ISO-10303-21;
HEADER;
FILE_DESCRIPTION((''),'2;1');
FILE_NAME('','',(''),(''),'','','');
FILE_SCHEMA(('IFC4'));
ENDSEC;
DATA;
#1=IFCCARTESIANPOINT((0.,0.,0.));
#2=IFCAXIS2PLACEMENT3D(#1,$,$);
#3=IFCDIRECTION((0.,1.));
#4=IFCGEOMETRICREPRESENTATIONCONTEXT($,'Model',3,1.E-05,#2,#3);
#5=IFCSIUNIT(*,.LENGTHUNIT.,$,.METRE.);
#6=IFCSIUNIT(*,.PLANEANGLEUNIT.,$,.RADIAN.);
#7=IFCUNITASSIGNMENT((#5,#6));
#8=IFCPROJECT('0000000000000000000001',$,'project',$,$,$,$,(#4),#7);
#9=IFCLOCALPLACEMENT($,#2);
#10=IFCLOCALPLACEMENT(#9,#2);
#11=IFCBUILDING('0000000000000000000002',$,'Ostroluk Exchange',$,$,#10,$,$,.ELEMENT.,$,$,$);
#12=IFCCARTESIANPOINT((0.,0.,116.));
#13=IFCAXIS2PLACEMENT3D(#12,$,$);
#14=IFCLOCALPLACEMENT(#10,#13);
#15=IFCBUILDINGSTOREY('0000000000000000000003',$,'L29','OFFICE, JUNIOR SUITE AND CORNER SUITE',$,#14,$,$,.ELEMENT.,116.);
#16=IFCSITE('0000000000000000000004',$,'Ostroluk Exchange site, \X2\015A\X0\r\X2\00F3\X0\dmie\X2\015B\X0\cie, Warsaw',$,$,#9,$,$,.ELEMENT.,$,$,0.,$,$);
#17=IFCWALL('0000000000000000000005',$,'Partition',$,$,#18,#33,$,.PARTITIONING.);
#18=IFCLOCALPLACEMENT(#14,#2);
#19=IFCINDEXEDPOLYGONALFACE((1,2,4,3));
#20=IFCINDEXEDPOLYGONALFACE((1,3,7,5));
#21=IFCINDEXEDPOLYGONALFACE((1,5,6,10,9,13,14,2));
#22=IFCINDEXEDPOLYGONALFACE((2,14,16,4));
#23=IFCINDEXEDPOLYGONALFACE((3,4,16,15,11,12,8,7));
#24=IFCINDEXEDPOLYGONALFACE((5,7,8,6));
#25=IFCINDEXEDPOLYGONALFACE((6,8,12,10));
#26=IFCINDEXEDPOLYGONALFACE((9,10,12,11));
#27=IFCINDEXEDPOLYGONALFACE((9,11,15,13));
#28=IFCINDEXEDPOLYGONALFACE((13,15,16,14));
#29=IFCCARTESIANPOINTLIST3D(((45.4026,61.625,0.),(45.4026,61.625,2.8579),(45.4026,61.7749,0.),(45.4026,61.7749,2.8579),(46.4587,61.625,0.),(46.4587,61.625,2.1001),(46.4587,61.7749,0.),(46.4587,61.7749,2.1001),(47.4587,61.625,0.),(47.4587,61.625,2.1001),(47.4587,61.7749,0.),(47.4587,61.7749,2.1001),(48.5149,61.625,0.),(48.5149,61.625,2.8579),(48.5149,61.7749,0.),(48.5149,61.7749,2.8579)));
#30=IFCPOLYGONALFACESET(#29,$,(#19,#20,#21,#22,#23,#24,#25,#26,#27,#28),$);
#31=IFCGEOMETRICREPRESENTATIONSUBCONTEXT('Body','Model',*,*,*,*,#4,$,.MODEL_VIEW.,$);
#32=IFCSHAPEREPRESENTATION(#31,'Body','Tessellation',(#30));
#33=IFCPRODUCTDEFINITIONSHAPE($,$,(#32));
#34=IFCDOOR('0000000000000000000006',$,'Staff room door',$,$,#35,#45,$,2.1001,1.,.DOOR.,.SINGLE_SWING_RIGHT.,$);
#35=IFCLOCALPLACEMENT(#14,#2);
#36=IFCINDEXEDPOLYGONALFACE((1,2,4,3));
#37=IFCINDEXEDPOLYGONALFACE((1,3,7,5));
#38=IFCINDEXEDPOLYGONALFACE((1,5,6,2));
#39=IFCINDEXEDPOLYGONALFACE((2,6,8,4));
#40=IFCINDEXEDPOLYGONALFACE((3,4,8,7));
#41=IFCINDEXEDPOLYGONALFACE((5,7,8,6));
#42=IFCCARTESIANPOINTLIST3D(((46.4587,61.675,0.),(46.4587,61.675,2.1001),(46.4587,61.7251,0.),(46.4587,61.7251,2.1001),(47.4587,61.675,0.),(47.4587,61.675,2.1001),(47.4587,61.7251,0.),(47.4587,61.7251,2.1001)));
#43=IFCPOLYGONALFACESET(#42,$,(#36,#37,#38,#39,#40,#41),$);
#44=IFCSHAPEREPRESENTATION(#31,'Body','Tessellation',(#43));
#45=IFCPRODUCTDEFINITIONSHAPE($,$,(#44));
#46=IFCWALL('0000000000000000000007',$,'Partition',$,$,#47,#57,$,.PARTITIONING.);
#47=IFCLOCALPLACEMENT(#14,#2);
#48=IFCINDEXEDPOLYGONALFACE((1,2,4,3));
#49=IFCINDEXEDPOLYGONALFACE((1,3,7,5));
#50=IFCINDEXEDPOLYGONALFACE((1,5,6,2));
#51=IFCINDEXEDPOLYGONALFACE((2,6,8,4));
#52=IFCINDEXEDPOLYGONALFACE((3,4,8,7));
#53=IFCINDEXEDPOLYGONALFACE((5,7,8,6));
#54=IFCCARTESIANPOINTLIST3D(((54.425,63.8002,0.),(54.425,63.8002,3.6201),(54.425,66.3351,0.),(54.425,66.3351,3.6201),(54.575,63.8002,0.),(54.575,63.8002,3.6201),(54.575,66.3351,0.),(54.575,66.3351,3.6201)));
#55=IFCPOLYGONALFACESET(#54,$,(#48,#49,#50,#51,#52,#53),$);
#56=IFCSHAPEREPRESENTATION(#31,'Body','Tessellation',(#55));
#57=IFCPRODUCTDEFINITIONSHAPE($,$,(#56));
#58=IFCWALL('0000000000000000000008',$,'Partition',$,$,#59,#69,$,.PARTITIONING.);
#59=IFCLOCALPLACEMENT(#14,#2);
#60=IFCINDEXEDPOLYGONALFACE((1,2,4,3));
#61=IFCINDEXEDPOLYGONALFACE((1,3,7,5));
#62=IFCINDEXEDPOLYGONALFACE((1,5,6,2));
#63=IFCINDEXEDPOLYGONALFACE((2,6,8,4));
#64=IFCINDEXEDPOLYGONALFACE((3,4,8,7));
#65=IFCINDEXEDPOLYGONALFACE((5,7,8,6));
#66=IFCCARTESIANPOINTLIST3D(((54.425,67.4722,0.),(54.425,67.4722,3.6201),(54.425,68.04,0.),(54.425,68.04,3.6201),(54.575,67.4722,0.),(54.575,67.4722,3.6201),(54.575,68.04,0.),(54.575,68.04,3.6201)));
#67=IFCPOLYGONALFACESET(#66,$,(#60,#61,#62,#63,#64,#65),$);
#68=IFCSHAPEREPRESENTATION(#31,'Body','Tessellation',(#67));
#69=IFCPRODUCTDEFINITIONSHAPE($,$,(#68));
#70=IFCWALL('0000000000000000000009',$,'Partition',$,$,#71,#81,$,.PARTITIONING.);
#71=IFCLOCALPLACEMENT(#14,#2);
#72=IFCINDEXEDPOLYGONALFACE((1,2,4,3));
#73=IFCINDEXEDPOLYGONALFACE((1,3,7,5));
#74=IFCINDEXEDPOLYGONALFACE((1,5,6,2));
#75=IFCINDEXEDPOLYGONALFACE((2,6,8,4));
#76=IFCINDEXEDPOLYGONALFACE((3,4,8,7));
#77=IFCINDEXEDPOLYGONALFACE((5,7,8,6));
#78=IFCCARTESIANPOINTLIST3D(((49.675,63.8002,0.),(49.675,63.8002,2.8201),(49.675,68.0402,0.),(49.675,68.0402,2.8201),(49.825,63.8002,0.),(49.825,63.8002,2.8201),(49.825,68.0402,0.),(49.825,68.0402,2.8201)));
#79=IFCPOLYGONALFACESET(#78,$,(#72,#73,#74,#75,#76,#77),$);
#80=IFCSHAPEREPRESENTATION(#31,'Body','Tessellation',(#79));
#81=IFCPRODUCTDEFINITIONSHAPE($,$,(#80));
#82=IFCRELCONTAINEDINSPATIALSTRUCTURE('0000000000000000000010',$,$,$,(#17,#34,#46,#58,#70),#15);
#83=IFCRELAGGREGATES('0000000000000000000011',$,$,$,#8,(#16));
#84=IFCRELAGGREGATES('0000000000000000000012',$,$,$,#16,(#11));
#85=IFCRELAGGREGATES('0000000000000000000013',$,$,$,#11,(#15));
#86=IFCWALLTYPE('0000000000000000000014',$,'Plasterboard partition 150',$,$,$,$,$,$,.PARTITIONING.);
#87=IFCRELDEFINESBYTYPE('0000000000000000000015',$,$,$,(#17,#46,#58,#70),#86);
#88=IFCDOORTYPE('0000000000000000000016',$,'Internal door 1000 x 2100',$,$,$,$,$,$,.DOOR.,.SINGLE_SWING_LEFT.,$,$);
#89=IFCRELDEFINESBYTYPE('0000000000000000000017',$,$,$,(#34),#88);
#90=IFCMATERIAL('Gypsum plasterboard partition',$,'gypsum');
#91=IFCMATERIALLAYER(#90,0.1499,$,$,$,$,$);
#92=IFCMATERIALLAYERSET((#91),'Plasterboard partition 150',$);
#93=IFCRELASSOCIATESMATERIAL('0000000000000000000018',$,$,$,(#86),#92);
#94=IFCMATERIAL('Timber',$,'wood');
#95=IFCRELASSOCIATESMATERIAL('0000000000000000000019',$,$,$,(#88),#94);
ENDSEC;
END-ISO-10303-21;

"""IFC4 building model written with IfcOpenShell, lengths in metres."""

from ifc_helpers import new_model, si_unit, direction, frame, frame_2d, origin, place, context, subcontext, project, spatial, rectangle, extrude, material, layer, layer_set, type_object, element, fill, save


model = new_model("IFC4")

# Units and contexts
model_context = context("Model", 3, precision=1e-05, world=origin(), true_north=direction((0.0, 1.0)))
body_context = subcontext(model_context, "Body", "Model", "MODEL_VIEW")
ifc_project = project(units=[si_unit("LENGTHUNIT", "METRE"), si_unit("PLANEANGLEUNIT", "RADIAN")], contexts=[model_context])

# Site, building, storey
site_placement = place(None, origin())
site = spatial("IfcSite", under=ifc_project, at=site_placement, Name="Ostroluk Exchange site, Śródmieście, Warsaw", CompositionType="ELEMENT", RefElevation=0.0)
building_placement = place(site_placement, origin())
building = spatial("IfcBuilding", under=site, at=building_placement, Name="Ostroluk Exchange", CompositionType="ELEMENT")
storey_placement = place(building_placement, frame((0.0, 0.0, 116.0)))
storey = spatial("IfcBuildingStorey", under=building, at=storey_placement, Name="L29", Description="OFFICE, JUNIOR SUITE AND CORNER SUITE", CompositionType="ELEMENT", Elevation=116.0)

# Wall, opening, door
ifc_material_1 = material(Name="Gypsum plasterboard partition", Category="gypsum")
ifc_layer_1 = layer(ifc_material_1, 0.1499)
ifc_layer_set_1 = layer_set([ifc_layer_1], Name="Plasterboard partition 150")
wall_type = type_object("IfcWallType", Name="Plasterboard partition 150", PredefinedType="PARTITIONING", material=ifc_layer_set_1)
wall_1_placement = place(storey_placement, frame((48.5149, 61.7, 0.0), z_axis=(0.0, 0.0, 1.0), x_axis=(-1.0, 0.0, 0.0)))
wall_1 = element("IfcWall", 1, at=wall_1_placement, inside=storey, type_object=wall_type, Name="Partition", PredefinedType="PARTITIONING", context=body_context, shape_type="SweptSolid", body=[
    extrude(rectangle(XDim=3.1123, YDim=0.1499, at=frame_2d((1.5562, 0.0))), origin(), (0.0, 0.0, 1.0), 2.8579),
])
opening_placement = place(wall_1_placement, frame((1.0562, 0.0, 0.0)))
opening = element("IfcOpeningElement", 2, at=opening_placement, cuts=wall_1, PredefinedType="OPENING", context=body_context, shape_type="SweptSolid", body=[
    extrude(rectangle(XDim=1.0, YDim=2.1001, at=frame_2d((0.5, 1.05))), frame((0.0, 0.085, 0.0), z_axis=(0.0, -1.0, 0.0), x_axis=(1.0, 0.0, 0.0)), (0.0, 0.0, 1.0), 0.1699),
])
ifc_material_2 = material(Name="Timber", Category="wood")
door_type = type_object("IfcDoorType", Name="Internal door 1000 x 2100", OperationType="SINGLE_SWING_LEFT", PredefinedType="DOOR", material=ifc_material_2)
door_placement = place(opening_placement, origin())
door = element("IfcDoor", 3, at=door_placement, inside=storey, type_object=door_type, Name="Staff room door", OperationType="SINGLE_SWING_RIGHT", OverallHeight=2.1001, OverallWidth=1.0, PredefinedType="DOOR", context=body_context, shape_type="SweptSolid", body=[
    extrude(rectangle(XDim=1.0, YDim=2.1001, at=frame_2d((0.5, 1.05))), frame((0.0, 0.0249, 0.0), z_axis=(0.0, -1.0, 0.0), x_axis=(1.0, 0.0, 0.0)), (0.0, 0.0, 1.0), 0.05),
])
fill(opening, door)

# Walls
wall_2_placement = place(storey_placement, frame((54.5, 63.8, 0.0), z_axis=(0.0, 0.0, 1.0), x_axis=(0.0, 1.0, 0.0)))
element("IfcWall", 4, at=wall_2_placement, inside=storey, type_object=wall_type, Name="Partition", PredefinedType="PARTITIONING", context=body_context, shape_type="SweptSolid", body=[
    extrude(rectangle(XDim=2.5349, YDim=0.1499, at=frame_2d((1.2676, 0.0))), origin(), (0.0, 0.0, 1.0), 3.6201),
])
wall_3_placement = place(storey_placement, frame((54.5, 67.4722, 0.0), z_axis=(0.0, 0.0, 1.0), x_axis=(0.0, 1.0, 0.0)))
element("IfcWall", 5, at=wall_3_placement, inside=storey, type_object=wall_type, Name="Partition", PredefinedType="PARTITIONING", context=body_context, shape_type="SweptSolid", body=[
    extrude(rectangle(XDim=0.5679, YDim=0.1499, at=frame_2d((0.2839, 0.0))), origin(), (0.0, 0.0, 1.0), 3.6201),
])
wall_4_placement = place(storey_placement, frame((49.75, 63.8, 0.0), z_axis=(0.0, 0.0, 1.0), x_axis=(0.0, 1.0, 0.0)))
element("IfcWall", 6, at=wall_4_placement, inside=storey, type_object=wall_type, Name="Partition", PredefinedType="PARTITIONING", context=body_context, shape_type="SweptSolid", body=[
    extrude(rectangle(XDim=4.24, YDim=0.1499, at=frame_2d((2.1201, 0.0))), origin(), (0.0, 0.0, 1.0), 2.8201),
])

save(model, "model.ifc")
